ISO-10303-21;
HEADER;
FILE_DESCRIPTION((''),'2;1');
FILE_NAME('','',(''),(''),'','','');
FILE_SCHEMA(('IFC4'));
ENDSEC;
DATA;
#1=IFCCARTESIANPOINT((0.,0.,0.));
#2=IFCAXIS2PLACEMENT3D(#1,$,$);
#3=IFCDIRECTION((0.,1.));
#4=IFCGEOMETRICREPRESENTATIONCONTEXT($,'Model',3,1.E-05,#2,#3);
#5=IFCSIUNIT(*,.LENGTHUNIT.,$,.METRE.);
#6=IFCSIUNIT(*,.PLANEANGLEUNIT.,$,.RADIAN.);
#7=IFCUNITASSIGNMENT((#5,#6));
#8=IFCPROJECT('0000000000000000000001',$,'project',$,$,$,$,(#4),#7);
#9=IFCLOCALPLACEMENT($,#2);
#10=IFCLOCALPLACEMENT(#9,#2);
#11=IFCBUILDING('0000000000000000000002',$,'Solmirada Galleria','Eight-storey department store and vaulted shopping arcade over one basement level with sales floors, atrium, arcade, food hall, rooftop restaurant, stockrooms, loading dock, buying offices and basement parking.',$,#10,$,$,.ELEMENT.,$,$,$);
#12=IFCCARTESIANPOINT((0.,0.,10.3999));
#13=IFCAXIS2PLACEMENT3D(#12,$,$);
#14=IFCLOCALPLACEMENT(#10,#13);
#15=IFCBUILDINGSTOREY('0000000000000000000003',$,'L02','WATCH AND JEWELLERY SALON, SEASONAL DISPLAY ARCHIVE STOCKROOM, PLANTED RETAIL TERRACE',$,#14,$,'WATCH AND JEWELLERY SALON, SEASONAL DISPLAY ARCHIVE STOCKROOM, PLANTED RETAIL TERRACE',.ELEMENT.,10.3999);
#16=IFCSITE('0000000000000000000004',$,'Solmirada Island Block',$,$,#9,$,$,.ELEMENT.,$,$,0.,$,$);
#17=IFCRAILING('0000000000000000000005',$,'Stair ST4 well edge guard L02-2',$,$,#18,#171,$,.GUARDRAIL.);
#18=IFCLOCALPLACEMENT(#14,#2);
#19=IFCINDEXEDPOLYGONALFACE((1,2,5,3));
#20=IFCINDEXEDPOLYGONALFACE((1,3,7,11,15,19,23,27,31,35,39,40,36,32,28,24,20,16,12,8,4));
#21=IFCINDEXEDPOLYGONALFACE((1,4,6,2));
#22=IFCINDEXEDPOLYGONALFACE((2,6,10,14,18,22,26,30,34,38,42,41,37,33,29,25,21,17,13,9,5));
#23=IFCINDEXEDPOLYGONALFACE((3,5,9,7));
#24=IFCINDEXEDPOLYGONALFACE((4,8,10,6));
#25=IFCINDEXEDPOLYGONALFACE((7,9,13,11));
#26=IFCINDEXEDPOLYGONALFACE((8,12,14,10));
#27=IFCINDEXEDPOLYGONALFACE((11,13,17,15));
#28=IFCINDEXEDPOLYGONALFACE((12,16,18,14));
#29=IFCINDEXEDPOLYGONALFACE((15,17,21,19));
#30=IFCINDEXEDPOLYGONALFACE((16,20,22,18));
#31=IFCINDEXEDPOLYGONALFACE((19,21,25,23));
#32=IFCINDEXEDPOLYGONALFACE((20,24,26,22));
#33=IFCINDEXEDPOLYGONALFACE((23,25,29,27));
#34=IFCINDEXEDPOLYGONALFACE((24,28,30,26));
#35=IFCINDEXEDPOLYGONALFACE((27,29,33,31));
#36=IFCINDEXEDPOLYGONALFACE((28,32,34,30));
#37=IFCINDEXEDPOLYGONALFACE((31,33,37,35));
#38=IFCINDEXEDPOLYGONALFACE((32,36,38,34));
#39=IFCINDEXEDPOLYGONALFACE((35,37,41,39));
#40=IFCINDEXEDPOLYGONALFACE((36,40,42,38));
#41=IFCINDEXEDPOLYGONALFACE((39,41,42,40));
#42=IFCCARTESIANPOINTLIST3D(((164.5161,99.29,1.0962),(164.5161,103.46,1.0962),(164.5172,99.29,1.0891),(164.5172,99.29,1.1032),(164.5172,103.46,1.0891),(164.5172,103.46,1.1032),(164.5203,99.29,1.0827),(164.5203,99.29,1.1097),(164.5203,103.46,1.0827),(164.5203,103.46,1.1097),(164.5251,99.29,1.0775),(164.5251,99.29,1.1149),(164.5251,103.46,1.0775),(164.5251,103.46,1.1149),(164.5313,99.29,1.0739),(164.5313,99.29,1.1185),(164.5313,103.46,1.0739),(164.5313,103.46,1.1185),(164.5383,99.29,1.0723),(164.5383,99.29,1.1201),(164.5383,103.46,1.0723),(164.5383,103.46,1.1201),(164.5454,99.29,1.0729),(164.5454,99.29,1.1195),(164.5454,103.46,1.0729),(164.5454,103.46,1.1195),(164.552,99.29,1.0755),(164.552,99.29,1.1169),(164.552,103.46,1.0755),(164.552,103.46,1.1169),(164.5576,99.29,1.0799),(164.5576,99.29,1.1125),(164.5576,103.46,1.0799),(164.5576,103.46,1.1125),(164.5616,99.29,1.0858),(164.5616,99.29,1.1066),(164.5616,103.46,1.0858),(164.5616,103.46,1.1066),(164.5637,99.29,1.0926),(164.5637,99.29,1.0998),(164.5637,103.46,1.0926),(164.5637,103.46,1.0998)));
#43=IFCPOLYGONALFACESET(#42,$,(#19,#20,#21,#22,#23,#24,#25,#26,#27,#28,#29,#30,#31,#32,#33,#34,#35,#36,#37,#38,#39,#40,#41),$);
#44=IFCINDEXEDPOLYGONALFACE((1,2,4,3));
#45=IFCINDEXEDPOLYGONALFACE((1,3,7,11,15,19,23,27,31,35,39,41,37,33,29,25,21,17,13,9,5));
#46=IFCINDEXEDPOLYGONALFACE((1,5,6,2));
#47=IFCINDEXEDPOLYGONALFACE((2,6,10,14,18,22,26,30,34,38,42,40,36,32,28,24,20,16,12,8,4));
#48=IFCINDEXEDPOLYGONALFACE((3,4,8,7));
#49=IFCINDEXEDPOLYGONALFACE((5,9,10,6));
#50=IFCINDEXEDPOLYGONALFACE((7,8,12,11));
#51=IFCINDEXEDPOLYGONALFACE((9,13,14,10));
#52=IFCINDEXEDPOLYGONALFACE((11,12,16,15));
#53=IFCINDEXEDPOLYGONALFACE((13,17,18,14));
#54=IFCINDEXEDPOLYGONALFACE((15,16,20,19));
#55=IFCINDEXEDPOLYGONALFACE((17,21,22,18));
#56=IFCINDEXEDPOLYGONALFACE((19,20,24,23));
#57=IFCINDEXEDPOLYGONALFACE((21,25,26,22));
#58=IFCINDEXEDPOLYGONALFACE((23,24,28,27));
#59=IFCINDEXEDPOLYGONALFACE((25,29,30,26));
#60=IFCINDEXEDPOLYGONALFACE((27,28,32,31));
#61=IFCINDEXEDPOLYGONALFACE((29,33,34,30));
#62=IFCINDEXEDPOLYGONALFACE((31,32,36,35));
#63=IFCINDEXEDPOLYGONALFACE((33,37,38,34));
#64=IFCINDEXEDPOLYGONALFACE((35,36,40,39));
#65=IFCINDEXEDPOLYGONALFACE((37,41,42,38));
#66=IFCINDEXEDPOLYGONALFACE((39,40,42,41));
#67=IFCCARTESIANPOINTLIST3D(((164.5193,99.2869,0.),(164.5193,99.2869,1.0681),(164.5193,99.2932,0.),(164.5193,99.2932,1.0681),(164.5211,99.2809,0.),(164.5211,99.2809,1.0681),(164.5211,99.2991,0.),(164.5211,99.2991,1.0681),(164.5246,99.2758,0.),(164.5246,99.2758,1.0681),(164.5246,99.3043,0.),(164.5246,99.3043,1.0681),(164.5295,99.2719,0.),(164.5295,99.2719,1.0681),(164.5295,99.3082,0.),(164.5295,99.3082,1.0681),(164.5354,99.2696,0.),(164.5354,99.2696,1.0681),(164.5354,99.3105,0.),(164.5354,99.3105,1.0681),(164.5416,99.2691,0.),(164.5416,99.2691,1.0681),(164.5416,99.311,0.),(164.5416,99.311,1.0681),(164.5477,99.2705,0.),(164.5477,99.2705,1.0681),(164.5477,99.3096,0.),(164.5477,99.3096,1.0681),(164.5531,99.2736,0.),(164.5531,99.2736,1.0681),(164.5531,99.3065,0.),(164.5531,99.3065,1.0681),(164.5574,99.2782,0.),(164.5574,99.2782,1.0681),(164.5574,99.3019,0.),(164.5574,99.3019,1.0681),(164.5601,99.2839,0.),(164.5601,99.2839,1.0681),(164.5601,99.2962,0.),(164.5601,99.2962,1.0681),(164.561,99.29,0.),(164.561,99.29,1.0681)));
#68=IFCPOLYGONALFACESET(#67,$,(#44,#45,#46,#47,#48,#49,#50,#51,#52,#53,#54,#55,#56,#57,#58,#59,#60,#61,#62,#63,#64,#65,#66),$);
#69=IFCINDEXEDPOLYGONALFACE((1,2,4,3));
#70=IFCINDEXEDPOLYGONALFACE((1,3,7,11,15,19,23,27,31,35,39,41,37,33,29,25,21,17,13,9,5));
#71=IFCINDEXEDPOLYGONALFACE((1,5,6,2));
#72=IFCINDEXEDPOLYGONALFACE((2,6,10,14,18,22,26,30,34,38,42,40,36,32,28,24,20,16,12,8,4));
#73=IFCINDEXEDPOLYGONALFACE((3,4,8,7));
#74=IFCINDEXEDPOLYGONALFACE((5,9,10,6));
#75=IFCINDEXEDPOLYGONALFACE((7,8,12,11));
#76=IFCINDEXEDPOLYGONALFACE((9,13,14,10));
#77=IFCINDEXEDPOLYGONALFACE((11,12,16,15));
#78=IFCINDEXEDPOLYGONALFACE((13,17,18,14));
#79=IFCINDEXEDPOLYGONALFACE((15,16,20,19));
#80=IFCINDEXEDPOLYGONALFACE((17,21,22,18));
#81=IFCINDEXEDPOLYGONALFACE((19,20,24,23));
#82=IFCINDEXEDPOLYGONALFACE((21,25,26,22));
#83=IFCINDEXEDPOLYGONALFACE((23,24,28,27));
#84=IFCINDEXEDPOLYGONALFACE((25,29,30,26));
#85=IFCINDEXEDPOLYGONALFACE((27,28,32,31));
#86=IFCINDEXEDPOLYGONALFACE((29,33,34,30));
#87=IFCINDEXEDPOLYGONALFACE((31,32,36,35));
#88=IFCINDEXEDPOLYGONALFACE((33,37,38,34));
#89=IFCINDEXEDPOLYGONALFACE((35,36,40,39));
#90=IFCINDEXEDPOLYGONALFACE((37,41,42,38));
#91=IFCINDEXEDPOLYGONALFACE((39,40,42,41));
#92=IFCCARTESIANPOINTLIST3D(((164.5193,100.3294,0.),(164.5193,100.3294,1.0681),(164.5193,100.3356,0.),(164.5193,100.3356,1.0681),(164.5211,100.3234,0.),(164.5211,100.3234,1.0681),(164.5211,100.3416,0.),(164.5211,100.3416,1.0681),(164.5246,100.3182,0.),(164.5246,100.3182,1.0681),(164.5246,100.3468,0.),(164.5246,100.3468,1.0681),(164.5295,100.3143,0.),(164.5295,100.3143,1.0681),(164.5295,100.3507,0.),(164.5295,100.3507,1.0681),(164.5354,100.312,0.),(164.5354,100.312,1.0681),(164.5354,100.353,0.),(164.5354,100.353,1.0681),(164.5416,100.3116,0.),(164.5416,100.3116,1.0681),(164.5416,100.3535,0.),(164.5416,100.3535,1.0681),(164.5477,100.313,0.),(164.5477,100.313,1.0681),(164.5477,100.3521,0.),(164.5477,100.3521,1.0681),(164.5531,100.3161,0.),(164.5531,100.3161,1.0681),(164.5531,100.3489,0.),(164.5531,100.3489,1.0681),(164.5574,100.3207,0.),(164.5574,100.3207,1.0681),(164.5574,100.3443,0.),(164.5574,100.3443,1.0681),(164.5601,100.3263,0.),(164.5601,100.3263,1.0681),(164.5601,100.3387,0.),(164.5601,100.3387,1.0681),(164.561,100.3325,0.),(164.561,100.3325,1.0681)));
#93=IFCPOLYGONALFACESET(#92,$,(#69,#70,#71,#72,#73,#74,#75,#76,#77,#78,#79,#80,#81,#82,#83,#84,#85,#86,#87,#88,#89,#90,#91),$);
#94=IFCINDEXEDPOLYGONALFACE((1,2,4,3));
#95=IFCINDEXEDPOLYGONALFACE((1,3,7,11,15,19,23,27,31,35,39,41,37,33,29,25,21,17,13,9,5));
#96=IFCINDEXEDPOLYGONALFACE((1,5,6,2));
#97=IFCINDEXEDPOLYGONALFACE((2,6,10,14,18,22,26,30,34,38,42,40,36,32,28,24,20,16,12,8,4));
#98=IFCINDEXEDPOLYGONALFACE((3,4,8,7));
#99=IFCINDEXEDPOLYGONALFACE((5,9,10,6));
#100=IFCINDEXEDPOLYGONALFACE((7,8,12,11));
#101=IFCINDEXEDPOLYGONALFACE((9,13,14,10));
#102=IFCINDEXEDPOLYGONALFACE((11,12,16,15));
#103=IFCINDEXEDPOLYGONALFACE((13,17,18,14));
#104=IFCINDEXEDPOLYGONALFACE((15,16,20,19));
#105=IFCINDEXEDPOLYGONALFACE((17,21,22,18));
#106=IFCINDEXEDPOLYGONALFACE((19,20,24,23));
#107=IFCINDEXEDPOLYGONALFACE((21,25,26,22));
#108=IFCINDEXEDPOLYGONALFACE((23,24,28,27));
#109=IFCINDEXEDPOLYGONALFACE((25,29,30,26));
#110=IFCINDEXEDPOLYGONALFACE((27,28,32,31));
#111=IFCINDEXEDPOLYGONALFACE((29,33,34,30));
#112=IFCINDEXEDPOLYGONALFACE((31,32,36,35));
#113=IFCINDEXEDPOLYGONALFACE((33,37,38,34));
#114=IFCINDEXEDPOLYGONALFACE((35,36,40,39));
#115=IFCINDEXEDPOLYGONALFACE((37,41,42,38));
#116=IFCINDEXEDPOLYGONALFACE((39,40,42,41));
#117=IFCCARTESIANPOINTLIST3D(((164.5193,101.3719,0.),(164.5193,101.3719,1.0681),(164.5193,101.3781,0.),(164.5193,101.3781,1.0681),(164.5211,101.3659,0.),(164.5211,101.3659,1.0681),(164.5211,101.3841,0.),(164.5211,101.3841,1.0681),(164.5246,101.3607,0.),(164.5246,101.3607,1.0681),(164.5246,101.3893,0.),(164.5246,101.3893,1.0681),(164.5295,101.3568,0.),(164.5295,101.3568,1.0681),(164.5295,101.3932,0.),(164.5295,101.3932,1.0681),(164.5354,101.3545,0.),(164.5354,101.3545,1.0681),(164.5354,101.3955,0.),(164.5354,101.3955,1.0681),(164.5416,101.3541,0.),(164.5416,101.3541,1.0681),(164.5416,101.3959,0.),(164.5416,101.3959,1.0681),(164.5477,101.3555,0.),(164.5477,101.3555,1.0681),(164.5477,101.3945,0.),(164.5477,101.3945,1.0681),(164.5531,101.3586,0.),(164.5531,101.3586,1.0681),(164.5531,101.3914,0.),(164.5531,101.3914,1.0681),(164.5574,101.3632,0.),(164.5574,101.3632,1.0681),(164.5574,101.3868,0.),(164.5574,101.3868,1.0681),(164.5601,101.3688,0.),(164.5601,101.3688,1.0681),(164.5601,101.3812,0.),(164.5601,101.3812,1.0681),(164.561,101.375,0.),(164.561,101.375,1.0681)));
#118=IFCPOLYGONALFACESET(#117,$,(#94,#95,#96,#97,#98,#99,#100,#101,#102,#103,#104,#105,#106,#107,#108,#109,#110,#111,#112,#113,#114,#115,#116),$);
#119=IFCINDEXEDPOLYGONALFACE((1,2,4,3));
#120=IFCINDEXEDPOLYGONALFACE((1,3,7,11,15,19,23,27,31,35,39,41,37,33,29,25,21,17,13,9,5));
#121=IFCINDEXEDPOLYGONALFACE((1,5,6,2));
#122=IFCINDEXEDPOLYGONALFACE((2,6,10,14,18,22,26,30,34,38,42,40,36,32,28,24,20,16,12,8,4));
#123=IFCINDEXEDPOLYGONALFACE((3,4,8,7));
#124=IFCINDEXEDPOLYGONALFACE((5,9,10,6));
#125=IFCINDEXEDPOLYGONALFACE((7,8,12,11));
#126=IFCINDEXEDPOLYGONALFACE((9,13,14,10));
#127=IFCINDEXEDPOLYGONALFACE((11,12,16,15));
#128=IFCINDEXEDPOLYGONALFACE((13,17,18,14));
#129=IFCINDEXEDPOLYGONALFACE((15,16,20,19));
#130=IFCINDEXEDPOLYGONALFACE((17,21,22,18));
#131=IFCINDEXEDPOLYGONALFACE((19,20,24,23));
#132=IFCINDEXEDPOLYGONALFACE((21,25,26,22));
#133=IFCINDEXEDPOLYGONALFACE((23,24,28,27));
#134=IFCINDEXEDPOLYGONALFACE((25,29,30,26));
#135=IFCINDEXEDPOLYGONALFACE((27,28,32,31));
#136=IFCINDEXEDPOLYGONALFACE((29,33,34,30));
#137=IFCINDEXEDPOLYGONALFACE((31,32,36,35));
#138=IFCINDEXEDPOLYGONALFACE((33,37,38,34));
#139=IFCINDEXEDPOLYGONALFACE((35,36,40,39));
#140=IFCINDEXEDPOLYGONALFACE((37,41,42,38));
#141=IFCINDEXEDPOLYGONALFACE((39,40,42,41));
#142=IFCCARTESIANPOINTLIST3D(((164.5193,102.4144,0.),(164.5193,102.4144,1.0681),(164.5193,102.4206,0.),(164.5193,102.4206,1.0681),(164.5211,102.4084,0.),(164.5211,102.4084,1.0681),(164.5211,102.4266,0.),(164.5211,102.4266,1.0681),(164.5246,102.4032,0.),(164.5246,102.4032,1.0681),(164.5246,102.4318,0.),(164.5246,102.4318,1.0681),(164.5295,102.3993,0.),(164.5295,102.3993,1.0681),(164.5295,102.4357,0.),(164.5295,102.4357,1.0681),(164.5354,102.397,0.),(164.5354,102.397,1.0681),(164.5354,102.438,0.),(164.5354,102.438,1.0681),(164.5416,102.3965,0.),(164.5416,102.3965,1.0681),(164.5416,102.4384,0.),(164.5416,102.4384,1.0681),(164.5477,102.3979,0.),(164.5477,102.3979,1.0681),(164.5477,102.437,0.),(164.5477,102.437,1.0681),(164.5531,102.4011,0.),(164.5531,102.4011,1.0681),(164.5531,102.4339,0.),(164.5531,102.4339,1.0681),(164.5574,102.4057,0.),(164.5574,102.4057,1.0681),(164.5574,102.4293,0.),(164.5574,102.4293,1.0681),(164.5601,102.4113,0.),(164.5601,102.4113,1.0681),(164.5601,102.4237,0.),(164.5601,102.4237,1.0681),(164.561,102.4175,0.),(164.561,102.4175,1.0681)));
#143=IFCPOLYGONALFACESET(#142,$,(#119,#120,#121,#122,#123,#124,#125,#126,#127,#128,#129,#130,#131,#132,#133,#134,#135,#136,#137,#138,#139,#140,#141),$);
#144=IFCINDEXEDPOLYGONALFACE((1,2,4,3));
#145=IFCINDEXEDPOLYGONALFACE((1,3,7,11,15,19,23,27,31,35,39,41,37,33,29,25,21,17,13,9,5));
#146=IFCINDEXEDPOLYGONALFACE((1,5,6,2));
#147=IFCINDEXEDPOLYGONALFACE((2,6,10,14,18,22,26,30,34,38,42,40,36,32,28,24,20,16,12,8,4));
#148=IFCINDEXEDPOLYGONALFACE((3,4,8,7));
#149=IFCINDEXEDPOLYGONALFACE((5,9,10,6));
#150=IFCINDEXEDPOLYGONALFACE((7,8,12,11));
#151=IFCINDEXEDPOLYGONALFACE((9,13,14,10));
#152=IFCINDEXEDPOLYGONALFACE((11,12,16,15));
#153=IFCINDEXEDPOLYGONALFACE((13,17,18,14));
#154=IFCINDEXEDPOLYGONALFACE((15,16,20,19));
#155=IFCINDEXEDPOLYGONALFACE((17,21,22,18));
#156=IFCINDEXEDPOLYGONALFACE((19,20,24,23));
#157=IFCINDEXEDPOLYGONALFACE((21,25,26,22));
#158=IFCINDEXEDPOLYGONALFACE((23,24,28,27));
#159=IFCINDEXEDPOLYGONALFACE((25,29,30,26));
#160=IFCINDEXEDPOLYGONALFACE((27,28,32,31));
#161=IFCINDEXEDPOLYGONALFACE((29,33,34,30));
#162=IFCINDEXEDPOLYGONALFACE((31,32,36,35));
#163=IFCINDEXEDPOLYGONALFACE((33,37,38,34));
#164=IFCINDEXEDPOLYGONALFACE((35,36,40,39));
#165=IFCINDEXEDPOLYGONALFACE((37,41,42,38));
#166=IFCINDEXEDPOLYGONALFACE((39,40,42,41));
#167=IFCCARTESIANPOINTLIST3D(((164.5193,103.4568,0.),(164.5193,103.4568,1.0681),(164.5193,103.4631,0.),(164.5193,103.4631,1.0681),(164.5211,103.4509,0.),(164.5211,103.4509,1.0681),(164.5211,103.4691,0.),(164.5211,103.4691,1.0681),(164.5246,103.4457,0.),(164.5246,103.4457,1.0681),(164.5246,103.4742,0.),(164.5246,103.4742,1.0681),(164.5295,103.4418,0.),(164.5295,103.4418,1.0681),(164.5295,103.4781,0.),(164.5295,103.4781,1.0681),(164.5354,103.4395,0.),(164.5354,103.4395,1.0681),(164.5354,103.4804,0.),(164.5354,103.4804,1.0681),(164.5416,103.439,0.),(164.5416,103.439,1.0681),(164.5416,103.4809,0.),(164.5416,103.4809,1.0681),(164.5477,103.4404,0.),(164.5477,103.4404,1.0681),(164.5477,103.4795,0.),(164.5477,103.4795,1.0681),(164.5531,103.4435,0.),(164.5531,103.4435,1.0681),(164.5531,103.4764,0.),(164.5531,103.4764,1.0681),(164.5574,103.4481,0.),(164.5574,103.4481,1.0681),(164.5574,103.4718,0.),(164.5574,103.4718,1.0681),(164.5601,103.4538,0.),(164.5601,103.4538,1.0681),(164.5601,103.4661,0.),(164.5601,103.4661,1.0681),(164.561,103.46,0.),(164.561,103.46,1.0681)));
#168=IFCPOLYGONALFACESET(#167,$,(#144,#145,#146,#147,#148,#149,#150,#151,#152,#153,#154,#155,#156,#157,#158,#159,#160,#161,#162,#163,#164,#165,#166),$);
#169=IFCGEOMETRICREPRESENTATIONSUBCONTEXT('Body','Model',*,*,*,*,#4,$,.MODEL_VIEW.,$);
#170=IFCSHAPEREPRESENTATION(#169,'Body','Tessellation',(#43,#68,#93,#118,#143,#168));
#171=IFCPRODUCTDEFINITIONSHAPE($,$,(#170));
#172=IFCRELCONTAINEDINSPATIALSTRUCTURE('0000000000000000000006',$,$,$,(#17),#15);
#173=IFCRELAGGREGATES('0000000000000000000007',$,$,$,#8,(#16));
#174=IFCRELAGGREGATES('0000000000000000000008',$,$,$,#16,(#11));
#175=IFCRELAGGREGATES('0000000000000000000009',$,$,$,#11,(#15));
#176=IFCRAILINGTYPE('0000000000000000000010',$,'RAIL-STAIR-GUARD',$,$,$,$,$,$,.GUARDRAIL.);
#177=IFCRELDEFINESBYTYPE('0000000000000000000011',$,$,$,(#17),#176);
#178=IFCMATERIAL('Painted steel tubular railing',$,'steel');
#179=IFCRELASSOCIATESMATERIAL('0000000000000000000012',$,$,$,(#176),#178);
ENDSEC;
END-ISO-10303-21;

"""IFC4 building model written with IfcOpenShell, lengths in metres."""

from ifc_helpers import new_model, si_unit, direction, frame, origin, origin_2d, place, context, subcontext, project, spatial, circle, extrude, material, type_object, element, save


model = new_model("IFC4")

# Units and contexts
model_context = context("Model", 3, precision=1e-05, world=origin(), true_north=direction((0.0, 1.0)))
body_context = subcontext(model_context, "Body", "Model", "MODEL_VIEW")
ifc_project = project(units=[si_unit("LENGTHUNIT", "METRE"), si_unit("PLANEANGLEUNIT", "RADIAN")], contexts=[model_context])

# Site, building, storey
site_placement = place(None, origin())
site = spatial("IfcSite", under=ifc_project, at=site_placement, Name="Solmirada Island Block", CompositionType="ELEMENT", RefElevation=0.0)
building_placement = place(site_placement, origin())
building = spatial("IfcBuilding", under=site, at=building_placement, Name="Solmirada Galleria", Description="Eight-storey department store and vaulted shopping arcade over one basement level with sales floors, atrium, arcade, food hall, rooftop restaurant, stockrooms, loading dock, buying offices and basement parking.", CompositionType="ELEMENT")
storey_placement = place(building_placement, frame((0.0, 0.0, 10.3999)))
storey = spatial("IfcBuildingStorey", under=building, at=storey_placement, Name="L02", Description="WATCH AND JEWELLERY SALON, SEASONAL DISPLAY ARCHIVE STOCKROOM, PLANTED RETAIL TERRACE", LongName="WATCH AND JEWELLERY SALON, SEASONAL DISPLAY ARCHIVE STOCKROOM, PLANTED RETAIL TERRACE", CompositionType="ELEMENT", Elevation=10.3999)

# Railing
ifc_material_1 = material(Name="Painted steel tubular railing", Category="steel")
railing_type = type_object("IfcRailingType", Name="RAIL-STAIR-GUARD", PredefinedType="GUARDRAIL", material=ifc_material_1)
railing_1_placement = place(storey_placement, frame((164.54, 99.29, 0.0)))
element("IfcRailing", 1, at=railing_1_placement, inside=storey, type_object=railing_type, Name="Stair ST4 well edge guard L02-2", PredefinedType="GUARDRAIL", context=body_context, shape_type="SweptSolid", body=[
    extrude(circle(Radius=0.0239, at=origin_2d()), frame((0.0, 0.0, 1.0962), z_axis=(0.0, 1.0, 0.0), x_axis=(-1.0, 0.0, 0.0)), (0.0, 0.0, 1.0), 4.1699),
    extrude(circle(Radius=0.021, at=origin_2d()), origin(), (0.0, 0.0, 1.0), 1.0681),
    extrude(circle(Radius=0.021, at=origin_2d()), frame((0.0, 1.0425, 0.0)), (0.0, 0.0, 1.0), 1.0681),
    extrude(circle(Radius=0.021, at=origin_2d()), frame((0.0, 2.085, 0.0)), (0.0, 0.0, 1.0), 1.0681),
    extrude(circle(Radius=0.021, at=origin_2d()), frame((0.0, 3.1274, 0.0)), (0.0, 0.0, 1.0), 1.0681),
    extrude(circle(Radius=0.021, at=origin_2d()), frame((0.0, 4.1699, 0.0)), (0.0, 0.0, 1.0), 1.0681),
])

save(model, "model.ifc")
